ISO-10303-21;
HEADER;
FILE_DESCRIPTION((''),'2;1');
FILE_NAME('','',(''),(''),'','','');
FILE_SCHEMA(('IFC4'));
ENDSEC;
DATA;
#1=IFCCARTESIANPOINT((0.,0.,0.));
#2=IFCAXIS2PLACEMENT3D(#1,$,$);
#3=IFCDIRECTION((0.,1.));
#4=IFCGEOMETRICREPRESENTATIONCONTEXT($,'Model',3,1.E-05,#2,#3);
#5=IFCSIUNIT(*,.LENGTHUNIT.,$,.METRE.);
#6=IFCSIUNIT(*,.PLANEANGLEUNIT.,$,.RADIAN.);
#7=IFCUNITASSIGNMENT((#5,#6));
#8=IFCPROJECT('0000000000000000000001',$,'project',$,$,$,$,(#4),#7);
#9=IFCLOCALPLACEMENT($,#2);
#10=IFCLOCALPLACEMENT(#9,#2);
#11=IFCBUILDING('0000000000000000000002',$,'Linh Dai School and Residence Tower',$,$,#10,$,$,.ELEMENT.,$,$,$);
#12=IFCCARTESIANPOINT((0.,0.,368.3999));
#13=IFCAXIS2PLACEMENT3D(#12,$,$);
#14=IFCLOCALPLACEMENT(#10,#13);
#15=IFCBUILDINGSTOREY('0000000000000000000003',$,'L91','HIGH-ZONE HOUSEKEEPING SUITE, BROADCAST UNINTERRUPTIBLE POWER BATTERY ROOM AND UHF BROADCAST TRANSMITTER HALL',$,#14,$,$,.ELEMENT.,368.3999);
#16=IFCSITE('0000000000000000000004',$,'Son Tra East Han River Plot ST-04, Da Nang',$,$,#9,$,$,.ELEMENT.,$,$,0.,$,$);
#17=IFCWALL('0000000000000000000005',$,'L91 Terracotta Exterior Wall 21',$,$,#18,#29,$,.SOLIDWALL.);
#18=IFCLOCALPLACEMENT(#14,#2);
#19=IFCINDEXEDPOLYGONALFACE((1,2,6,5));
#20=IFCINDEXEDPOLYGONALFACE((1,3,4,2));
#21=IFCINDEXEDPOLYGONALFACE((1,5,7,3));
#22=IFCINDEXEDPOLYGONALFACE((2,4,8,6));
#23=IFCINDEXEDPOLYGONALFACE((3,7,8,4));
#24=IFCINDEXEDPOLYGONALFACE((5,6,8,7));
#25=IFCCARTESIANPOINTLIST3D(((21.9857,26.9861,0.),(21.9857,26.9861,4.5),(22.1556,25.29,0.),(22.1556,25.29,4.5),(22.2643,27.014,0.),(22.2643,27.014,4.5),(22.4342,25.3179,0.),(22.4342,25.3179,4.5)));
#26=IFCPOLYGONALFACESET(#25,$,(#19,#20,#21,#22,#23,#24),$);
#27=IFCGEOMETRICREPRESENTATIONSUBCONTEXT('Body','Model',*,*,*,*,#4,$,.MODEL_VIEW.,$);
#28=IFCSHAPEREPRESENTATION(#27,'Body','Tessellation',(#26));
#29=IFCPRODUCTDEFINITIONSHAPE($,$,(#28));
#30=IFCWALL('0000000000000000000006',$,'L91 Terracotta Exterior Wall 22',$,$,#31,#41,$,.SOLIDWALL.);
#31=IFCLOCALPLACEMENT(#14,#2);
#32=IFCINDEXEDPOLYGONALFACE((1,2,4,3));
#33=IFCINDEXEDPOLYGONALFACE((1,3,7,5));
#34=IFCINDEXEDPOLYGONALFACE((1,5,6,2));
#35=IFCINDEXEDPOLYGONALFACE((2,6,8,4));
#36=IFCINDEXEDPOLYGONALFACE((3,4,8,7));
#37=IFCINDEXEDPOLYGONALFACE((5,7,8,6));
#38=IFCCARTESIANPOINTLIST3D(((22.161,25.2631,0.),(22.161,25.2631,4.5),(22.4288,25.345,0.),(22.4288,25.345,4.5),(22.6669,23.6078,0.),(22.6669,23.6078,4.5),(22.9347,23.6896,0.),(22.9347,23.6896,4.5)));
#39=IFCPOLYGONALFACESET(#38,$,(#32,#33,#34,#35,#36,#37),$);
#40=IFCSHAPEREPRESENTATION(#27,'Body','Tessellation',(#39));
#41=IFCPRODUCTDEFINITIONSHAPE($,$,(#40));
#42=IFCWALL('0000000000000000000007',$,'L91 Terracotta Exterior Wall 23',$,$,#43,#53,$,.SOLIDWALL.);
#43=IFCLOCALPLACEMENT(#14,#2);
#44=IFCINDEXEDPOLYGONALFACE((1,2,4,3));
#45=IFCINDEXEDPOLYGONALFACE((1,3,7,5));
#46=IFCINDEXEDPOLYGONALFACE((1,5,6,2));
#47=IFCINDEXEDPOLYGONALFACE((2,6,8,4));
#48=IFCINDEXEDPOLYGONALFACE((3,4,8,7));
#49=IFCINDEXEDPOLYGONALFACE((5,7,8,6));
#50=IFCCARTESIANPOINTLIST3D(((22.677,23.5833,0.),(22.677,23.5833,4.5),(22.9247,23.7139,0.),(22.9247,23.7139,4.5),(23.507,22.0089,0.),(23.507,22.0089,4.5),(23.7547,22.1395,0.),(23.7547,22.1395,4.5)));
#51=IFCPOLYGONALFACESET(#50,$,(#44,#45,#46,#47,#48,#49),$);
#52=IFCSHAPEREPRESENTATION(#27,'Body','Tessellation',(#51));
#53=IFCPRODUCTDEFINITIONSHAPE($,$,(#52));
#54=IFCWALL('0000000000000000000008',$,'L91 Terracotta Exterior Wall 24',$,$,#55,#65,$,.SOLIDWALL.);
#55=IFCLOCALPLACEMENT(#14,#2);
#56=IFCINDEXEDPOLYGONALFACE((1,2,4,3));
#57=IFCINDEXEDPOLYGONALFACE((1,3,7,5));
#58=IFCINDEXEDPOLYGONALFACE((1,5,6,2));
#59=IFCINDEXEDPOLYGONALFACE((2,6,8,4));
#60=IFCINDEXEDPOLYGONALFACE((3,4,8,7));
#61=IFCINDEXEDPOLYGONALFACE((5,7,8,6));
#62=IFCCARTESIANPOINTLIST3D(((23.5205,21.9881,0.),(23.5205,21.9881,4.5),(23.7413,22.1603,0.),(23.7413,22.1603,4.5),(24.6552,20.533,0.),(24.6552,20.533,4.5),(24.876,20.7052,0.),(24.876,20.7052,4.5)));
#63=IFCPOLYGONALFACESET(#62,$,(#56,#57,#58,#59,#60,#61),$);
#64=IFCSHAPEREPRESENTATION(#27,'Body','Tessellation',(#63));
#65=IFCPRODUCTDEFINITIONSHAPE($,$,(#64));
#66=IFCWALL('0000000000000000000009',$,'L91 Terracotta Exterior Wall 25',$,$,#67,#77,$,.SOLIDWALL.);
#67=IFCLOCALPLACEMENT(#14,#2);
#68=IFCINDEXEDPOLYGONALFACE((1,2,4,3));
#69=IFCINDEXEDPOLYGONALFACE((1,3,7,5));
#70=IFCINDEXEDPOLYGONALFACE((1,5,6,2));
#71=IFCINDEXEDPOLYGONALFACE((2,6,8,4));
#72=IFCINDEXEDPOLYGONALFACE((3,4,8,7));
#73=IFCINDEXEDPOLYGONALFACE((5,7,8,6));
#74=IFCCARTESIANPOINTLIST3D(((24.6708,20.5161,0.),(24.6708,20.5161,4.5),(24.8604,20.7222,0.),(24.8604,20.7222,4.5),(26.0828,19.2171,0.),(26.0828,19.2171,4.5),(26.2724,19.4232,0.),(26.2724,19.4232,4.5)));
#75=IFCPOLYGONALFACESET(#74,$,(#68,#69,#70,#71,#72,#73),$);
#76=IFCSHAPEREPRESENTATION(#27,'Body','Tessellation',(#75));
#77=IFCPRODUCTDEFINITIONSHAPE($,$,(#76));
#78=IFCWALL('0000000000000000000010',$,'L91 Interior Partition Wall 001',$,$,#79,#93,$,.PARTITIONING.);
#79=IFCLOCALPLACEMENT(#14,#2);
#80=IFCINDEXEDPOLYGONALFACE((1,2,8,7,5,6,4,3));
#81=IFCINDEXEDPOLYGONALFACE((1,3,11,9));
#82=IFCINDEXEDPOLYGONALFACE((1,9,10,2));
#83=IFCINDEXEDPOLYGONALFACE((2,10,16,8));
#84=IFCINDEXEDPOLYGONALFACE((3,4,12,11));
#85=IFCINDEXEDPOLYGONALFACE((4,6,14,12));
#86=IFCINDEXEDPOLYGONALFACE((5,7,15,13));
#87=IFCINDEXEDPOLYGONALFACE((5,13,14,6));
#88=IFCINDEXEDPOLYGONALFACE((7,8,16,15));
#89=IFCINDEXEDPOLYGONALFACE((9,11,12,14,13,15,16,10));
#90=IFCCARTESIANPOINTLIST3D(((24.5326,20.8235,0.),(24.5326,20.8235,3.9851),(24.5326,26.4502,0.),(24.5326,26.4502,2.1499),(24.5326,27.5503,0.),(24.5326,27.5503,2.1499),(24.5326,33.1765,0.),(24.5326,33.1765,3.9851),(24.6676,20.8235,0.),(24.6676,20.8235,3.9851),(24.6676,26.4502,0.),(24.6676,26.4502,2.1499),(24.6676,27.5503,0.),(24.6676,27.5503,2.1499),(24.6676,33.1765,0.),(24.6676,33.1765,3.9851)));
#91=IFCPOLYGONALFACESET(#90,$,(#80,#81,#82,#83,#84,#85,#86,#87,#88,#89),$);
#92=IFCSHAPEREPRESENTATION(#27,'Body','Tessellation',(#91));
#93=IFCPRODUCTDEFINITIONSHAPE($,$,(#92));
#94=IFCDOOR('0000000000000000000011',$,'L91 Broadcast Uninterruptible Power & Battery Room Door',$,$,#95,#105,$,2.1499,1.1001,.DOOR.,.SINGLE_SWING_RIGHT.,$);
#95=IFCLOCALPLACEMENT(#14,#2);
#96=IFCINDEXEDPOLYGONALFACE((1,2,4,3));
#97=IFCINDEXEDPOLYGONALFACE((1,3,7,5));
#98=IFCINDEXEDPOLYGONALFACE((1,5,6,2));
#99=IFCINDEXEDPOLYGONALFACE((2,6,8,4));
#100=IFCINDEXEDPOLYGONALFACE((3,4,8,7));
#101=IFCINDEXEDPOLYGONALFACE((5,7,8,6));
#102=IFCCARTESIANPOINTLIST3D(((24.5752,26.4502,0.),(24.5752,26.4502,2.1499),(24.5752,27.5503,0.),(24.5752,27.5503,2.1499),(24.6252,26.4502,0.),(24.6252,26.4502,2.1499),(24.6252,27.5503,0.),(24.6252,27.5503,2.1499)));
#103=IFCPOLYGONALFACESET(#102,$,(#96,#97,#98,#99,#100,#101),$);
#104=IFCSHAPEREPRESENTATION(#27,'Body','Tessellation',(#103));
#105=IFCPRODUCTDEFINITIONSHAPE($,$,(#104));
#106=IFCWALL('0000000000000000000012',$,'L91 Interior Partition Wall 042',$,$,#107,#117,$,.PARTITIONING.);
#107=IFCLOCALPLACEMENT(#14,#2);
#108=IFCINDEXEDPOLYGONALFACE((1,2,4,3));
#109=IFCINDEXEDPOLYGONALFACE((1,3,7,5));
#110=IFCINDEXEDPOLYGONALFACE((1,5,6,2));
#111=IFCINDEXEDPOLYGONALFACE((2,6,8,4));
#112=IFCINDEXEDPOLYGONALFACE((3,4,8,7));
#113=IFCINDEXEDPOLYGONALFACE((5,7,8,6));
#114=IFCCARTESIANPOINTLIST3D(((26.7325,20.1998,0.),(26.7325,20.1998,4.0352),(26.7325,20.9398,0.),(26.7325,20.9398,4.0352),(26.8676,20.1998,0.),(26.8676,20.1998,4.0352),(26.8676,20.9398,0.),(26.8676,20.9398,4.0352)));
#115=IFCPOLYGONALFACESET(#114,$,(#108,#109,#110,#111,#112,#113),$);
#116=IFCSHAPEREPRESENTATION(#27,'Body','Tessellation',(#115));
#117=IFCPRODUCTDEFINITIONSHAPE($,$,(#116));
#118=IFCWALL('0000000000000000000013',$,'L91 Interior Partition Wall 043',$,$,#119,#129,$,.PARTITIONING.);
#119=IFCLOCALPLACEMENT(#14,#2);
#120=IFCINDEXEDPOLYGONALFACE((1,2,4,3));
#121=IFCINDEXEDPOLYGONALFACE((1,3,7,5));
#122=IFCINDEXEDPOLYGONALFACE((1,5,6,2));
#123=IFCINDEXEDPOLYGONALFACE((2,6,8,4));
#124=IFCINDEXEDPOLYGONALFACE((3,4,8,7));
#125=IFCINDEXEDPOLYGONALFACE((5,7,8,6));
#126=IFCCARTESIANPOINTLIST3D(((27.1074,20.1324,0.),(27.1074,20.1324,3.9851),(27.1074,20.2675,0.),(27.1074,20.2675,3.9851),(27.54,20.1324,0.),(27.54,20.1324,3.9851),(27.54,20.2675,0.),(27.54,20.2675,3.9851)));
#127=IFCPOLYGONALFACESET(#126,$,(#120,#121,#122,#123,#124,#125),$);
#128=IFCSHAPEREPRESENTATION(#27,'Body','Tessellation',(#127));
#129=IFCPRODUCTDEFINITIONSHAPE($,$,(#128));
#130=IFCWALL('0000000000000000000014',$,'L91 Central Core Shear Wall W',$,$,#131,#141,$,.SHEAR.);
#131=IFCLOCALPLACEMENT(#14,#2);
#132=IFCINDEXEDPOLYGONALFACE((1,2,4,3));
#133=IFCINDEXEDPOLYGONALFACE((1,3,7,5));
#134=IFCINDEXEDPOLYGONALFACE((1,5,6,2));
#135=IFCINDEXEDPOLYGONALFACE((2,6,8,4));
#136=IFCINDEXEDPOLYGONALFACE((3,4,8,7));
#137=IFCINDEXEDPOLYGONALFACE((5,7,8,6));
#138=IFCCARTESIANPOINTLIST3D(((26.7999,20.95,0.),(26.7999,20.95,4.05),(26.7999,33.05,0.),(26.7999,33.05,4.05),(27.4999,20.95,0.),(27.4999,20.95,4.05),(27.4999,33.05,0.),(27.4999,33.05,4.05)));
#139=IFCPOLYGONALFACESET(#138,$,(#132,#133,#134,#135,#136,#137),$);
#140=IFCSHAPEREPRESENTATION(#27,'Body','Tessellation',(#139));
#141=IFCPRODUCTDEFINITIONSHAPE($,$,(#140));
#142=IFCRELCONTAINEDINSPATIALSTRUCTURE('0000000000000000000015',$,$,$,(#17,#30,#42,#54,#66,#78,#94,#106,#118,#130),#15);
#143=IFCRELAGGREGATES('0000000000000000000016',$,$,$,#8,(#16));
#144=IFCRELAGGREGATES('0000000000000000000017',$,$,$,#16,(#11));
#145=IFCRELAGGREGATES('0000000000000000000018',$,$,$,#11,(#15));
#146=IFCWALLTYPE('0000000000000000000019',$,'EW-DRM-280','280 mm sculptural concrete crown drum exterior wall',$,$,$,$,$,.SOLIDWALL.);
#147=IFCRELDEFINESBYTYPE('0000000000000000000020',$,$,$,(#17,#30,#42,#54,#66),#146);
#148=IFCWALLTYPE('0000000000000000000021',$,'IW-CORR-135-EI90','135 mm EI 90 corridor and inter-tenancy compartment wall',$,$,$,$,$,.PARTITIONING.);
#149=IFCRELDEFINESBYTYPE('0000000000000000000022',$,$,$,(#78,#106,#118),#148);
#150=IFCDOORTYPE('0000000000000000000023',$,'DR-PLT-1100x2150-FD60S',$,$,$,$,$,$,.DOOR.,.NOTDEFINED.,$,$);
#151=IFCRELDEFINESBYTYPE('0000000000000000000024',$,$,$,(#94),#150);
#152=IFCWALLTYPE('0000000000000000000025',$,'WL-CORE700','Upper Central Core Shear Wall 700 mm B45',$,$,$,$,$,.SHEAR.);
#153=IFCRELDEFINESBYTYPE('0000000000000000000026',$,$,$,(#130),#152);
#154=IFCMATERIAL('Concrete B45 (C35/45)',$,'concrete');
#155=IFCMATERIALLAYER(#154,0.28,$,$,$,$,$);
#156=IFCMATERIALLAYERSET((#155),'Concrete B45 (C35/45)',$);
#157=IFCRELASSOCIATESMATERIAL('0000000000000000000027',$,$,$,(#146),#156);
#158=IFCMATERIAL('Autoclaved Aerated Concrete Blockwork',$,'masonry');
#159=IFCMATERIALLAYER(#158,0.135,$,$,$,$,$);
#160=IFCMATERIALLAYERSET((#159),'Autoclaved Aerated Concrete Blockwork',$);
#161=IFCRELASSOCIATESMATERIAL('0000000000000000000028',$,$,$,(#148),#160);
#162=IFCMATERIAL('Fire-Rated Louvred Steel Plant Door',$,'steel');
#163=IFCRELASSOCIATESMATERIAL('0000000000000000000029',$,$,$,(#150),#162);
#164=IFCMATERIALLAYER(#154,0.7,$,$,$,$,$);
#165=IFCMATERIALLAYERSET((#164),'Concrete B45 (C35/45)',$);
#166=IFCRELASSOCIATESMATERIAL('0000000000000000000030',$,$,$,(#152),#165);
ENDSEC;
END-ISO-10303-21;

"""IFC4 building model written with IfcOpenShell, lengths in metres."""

from ifc_helpers import new_model, si_unit, direction, frame, frame_2d, origin, origin_2d, place, context, subcontext, project, spatial, rectangle, extrude, source, transform, mapped, material, layer, layer_set, type_object, element, fill, save


model = new_model("IFC4")

# Units and contexts
model_context = context("Model", 3, precision=1e-05, world=origin(), true_north=direction((0.0, 1.0)))
body_context = subcontext(model_context, "Body", "Model", "MODEL_VIEW")
ifc_project = project(units=[si_unit("LENGTHUNIT", "METRE"), si_unit("PLANEANGLEUNIT", "RADIAN")], contexts=[model_context])

# Site, building, storey
site_placement = place(None, origin())
site = spatial("IfcSite", under=ifc_project, at=site_placement, Name="Son Tra East Han River Plot ST-04, Da Nang", CompositionType="ELEMENT", RefElevation=0.0)
building_placement = place(site_placement, origin())
building = spatial("IfcBuilding", under=site, at=building_placement, Name="Linh Dai School and Residence Tower", CompositionType="ELEMENT")
storey_placement = place(building_placement, frame((0.0, 0.0, 368.3999)))
storey = spatial("IfcBuildingStorey", under=building, at=storey_placement, Name="L91", Description="HIGH-ZONE HOUSEKEEPING SUITE, BROADCAST UNINTERRUPTIBLE POWER BATTERY ROOM AND UHF BROADCAST TRANSMITTER HALL", CompositionType="ELEMENT", Elevation=368.3999)

# Shared definitions
ifc_material_1 = material(Name="Concrete B45 (C35/45)", Category="concrete")

# Walls
ifc_layer_1 = layer(ifc_material_1, 0.28)
ifc_layer_set_1 = layer_set([ifc_layer_1], Name="Concrete B45 (C35/45)")
wall_type_1 = type_object("IfcWallType", Name="EW-DRM-280", Description="280 mm sculptural concrete crown drum exterior wall", PredefinedType="SOLIDWALL", material=ifc_layer_set_1)
wall_1_placement = place(storey_placement, frame((22.2949, 25.304, 0.0), z_axis=(0.0, 0.0, 1.0), x_axis=(-0.099688, 0.995019, 0.0)))
element("IfcWall", 1, at=wall_1_placement, inside=storey, type_object=wall_type_1, Name="L91 Terracotta Exterior Wall 21", PredefinedType="SOLIDWALL", context=body_context, shape_type="SweptSolid", body=[
    extrude(rectangle(XDim=1.7046, YDim=0.28, at=frame_2d((0.8523, 0.0))), origin(), (0.0, 0.0, 1.0), 4.5),
])
wall_2_placement = place(storey_placement, frame((22.8008, 23.6487, 0.0), z_axis=(0.0, 0.0, 1.0), x_axis=(-0.292262, 0.956338, 0.0)))
element("IfcWall", 2, at=wall_2_placement, inside=storey, type_object=wall_type_1, Name="L91 Terracotta Exterior Wall 22", PredefinedType="SOLIDWALL", context=body_context, shape_type="SweptSolid", body=[
    extrude(rectangle(XDim=1.731, YDim=0.28, at=frame_2d((0.8655, 0.0))), origin(), (0.0, 0.0, 1.0), 4.5),
])
wall_3_placement = place(storey_placement, frame((23.6309, 22.0742, 0.0), z_axis=(0.0, 0.0, 1.0), x_axis=(-0.466368, 0.884591, 0.0)))
element("IfcWall", 3, at=wall_3_placement, inside=storey, type_object=wall_type_1, Name="L91 Terracotta Exterior Wall 23", PredefinedType="SOLIDWALL", context=body_context, shape_type="SweptSolid", body=[
    extrude(rectangle(XDim=1.7798, YDim=0.28, at=frame_2d((0.8899, 0.0))), origin(), (0.0, 0.0, 1.0), 4.5),
])
wall_4_placement = place(storey_placement, frame((24.7656, 20.6191, 0.0), z_axis=(0.0, 0.0, 1.0), x_axis=(-0.614966, 0.788554, 0.0)))
element("IfcWall", 4, at=wall_4_placement, inside=storey, type_object=wall_type_1, Name="L91 Terracotta Exterior Wall 24", PredefinedType="SOLIDWALL", context=body_context, shape_type="SweptSolid", body=[
    extrude(rectangle(XDim=1.8452, YDim=0.28, at=frame_2d((0.9226, 0.0))), origin(), (0.0, 0.0, 1.0), 4.5),
])
wall_5_placement = place(storey_placement, frame((26.1777, 19.3201, 0.0), z_axis=(0.0, 0.0, 1.0), x_axis=(-0.735949, 0.677037, 0.0)))
element("IfcWall", 5, at=wall_5_placement, inside=storey, type_object=wall_type_1, Name="L91 Terracotta Exterior Wall 25", PredefinedType="SOLIDWALL", context=body_context, shape_type="SweptSolid", body=[
    extrude(rectangle(XDim=1.9187, YDim=0.28, at=frame_2d((0.9595, 0.0))), origin(), (0.0, 0.0, 1.0), 4.5),
])

# Wall, opening, door
ifc_material_2 = material(Name="Autoclaved Aerated Concrete Blockwork", Category="masonry")
ifc_layer_2 = layer(ifc_material_2, 0.135)
ifc_layer_set_2 = layer_set([ifc_layer_2], Name="Autoclaved Aerated Concrete Blockwork")
wall_type_2 = type_object("IfcWallType", Name="IW-CORR-135-EI90", Description="135 mm EI 90 corridor and inter-tenancy compartment wall", PredefinedType="PARTITIONING", material=ifc_layer_set_2)
wall_6_placement = place(storey_placement, frame((24.6001, 20.8235, 0.0), z_axis=(0.0, 0.0, 1.0), x_axis=(0.0, 1.0, 0.0)))
wall_6 = element("IfcWall", 6, at=wall_6_placement, inside=storey, type_object=wall_type_2, Name="L91 Interior Partition Wall 001", PredefinedType="PARTITIONING", context=body_context, shape_type="SweptSolid", body=[
    extrude(rectangle(XDim=12.353, YDim=0.135, at=frame_2d((6.1765, 0.0))), origin(), (0.0, 0.0, 1.0), 3.9851),
])
opening_1_placement = place(wall_6_placement, frame((5.6267, 0.0, 0.0)))
opening_1 = element("IfcOpeningElement", 7, at=opening_1_placement, cuts=wall_6, PredefinedType="OPENING", context=body_context, shape_type="SweptSolid", body=[
    extrude(rectangle(XDim=1.1001, YDim=2.1499, at=origin_2d()), frame((0.55, 0.0776, 1.075), z_axis=(0.0, -1.0, 0.0), x_axis=(1.0, 0.0, 0.0)), (0.0, 0.0, 1.0), 0.155),
])
ifc_material_3 = material(Name="Fire-Rated Louvred Steel Plant Door", Category="steel")
door_type_1 = type_object("IfcDoorType", Name="DR-PLT-1100x2150-FD60S", OperationType="NOTDEFINED", PredefinedType="DOOR", material=ifc_material_3)
shared_shape_1 = source(origin(), body_context, "Body", "SweptSolid", [
    extrude(rectangle(XDim=1.1001, YDim=2.1499, at=origin_2d()), frame((0.55, 0.0249, 1.075), z_axis=(0.0, -1.0, 0.0), x_axis=(1.0, 0.0, 0.0)), (0.0, 0.0, 1.0), 0.05),
])
door_1_placement = place(opening_1_placement, origin())
door_1 = element("IfcDoor", 8, at=door_1_placement, inside=storey, type_object=door_type_1, Name="L91 Broadcast Uninterruptible Power & Battery Room Door", OperationType="SINGLE_SWING_RIGHT", OverallHeight=2.1499, OverallWidth=1.1001, PredefinedType="DOOR", context=body_context, shape_type="MappedRepresentation", body=[
    mapped(shared_shape_1, transform((0.0, 0.0, 0.0), x_axis=(1.0, 0.0, 0.0), y_axis=(0.0, 1.0, 0.0), z_axis=(0.0, 0.0, 1.0), scale=1.0)),
])
fill(opening_1, door_1)

# Walls
wall_7_placement = place(storey_placement, frame((26.8, 20.9399, 0.0), z_axis=(0.0, 0.0, 1.0), x_axis=(0.0, -1.0, 0.0)))
element("IfcWall", 9, at=wall_7_placement, inside=storey, type_object=wall_type_2, Name="L91 Interior Partition Wall 042", PredefinedType="PARTITIONING", context=body_context, shape_type="SweptSolid", body=[
    extrude(rectangle(XDim=0.74, YDim=0.135, at=frame_2d((0.3701, 0.0))), origin(), (0.0, 0.0, 1.0), 4.0352),
])
wall_8_placement = place(storey_placement, frame((27.1074, 20.2, 0.0), z_axis=(0.0, 0.0, 1.0), x_axis=(1.0, 0.0, 0.0)))
element("IfcWall", 10, at=wall_8_placement, inside=storey, type_object=wall_type_2, Name="L91 Interior Partition Wall 043", PredefinedType="PARTITIONING", context=body_context, shape_type="SweptSolid", body=[
    extrude(rectangle(XDim=0.4326, YDim=0.135, at=frame_2d((0.2163, 0.0))), origin(), (0.0, 0.0, 1.0), 3.9851),
])

# Wall
ifc_layer_3 = layer(ifc_material_1, 0.7)
ifc_layer_set_3 = layer_set([ifc_layer_3], Name="Concrete B45 (C35/45)")
wall_type_3 = type_object("IfcWallType", Name="WL-CORE700", Description="Upper Central Core Shear Wall 700 mm B45", PredefinedType="SHEAR", material=ifc_layer_set_3)
wall_9_placement = place(storey_placement, frame((27.1499, 20.95, 0.0), z_axis=(0.0, 0.0, 1.0), x_axis=(0.0, 1.0, 0.0)))
element("IfcWall", 11, at=wall_9_placement, inside=storey, type_object=wall_type_3, Name="L91 Central Core Shear Wall W", PredefinedType="SHEAR", context=body_context, shape_type="SweptSolid", body=[
    extrude(rectangle(XDim=12.1001, YDim=0.7, at=frame_2d((6.05, 0.0))), origin(), (0.0, 0.0, 1.0), 4.05),
])

save(model, "model.ifc")
